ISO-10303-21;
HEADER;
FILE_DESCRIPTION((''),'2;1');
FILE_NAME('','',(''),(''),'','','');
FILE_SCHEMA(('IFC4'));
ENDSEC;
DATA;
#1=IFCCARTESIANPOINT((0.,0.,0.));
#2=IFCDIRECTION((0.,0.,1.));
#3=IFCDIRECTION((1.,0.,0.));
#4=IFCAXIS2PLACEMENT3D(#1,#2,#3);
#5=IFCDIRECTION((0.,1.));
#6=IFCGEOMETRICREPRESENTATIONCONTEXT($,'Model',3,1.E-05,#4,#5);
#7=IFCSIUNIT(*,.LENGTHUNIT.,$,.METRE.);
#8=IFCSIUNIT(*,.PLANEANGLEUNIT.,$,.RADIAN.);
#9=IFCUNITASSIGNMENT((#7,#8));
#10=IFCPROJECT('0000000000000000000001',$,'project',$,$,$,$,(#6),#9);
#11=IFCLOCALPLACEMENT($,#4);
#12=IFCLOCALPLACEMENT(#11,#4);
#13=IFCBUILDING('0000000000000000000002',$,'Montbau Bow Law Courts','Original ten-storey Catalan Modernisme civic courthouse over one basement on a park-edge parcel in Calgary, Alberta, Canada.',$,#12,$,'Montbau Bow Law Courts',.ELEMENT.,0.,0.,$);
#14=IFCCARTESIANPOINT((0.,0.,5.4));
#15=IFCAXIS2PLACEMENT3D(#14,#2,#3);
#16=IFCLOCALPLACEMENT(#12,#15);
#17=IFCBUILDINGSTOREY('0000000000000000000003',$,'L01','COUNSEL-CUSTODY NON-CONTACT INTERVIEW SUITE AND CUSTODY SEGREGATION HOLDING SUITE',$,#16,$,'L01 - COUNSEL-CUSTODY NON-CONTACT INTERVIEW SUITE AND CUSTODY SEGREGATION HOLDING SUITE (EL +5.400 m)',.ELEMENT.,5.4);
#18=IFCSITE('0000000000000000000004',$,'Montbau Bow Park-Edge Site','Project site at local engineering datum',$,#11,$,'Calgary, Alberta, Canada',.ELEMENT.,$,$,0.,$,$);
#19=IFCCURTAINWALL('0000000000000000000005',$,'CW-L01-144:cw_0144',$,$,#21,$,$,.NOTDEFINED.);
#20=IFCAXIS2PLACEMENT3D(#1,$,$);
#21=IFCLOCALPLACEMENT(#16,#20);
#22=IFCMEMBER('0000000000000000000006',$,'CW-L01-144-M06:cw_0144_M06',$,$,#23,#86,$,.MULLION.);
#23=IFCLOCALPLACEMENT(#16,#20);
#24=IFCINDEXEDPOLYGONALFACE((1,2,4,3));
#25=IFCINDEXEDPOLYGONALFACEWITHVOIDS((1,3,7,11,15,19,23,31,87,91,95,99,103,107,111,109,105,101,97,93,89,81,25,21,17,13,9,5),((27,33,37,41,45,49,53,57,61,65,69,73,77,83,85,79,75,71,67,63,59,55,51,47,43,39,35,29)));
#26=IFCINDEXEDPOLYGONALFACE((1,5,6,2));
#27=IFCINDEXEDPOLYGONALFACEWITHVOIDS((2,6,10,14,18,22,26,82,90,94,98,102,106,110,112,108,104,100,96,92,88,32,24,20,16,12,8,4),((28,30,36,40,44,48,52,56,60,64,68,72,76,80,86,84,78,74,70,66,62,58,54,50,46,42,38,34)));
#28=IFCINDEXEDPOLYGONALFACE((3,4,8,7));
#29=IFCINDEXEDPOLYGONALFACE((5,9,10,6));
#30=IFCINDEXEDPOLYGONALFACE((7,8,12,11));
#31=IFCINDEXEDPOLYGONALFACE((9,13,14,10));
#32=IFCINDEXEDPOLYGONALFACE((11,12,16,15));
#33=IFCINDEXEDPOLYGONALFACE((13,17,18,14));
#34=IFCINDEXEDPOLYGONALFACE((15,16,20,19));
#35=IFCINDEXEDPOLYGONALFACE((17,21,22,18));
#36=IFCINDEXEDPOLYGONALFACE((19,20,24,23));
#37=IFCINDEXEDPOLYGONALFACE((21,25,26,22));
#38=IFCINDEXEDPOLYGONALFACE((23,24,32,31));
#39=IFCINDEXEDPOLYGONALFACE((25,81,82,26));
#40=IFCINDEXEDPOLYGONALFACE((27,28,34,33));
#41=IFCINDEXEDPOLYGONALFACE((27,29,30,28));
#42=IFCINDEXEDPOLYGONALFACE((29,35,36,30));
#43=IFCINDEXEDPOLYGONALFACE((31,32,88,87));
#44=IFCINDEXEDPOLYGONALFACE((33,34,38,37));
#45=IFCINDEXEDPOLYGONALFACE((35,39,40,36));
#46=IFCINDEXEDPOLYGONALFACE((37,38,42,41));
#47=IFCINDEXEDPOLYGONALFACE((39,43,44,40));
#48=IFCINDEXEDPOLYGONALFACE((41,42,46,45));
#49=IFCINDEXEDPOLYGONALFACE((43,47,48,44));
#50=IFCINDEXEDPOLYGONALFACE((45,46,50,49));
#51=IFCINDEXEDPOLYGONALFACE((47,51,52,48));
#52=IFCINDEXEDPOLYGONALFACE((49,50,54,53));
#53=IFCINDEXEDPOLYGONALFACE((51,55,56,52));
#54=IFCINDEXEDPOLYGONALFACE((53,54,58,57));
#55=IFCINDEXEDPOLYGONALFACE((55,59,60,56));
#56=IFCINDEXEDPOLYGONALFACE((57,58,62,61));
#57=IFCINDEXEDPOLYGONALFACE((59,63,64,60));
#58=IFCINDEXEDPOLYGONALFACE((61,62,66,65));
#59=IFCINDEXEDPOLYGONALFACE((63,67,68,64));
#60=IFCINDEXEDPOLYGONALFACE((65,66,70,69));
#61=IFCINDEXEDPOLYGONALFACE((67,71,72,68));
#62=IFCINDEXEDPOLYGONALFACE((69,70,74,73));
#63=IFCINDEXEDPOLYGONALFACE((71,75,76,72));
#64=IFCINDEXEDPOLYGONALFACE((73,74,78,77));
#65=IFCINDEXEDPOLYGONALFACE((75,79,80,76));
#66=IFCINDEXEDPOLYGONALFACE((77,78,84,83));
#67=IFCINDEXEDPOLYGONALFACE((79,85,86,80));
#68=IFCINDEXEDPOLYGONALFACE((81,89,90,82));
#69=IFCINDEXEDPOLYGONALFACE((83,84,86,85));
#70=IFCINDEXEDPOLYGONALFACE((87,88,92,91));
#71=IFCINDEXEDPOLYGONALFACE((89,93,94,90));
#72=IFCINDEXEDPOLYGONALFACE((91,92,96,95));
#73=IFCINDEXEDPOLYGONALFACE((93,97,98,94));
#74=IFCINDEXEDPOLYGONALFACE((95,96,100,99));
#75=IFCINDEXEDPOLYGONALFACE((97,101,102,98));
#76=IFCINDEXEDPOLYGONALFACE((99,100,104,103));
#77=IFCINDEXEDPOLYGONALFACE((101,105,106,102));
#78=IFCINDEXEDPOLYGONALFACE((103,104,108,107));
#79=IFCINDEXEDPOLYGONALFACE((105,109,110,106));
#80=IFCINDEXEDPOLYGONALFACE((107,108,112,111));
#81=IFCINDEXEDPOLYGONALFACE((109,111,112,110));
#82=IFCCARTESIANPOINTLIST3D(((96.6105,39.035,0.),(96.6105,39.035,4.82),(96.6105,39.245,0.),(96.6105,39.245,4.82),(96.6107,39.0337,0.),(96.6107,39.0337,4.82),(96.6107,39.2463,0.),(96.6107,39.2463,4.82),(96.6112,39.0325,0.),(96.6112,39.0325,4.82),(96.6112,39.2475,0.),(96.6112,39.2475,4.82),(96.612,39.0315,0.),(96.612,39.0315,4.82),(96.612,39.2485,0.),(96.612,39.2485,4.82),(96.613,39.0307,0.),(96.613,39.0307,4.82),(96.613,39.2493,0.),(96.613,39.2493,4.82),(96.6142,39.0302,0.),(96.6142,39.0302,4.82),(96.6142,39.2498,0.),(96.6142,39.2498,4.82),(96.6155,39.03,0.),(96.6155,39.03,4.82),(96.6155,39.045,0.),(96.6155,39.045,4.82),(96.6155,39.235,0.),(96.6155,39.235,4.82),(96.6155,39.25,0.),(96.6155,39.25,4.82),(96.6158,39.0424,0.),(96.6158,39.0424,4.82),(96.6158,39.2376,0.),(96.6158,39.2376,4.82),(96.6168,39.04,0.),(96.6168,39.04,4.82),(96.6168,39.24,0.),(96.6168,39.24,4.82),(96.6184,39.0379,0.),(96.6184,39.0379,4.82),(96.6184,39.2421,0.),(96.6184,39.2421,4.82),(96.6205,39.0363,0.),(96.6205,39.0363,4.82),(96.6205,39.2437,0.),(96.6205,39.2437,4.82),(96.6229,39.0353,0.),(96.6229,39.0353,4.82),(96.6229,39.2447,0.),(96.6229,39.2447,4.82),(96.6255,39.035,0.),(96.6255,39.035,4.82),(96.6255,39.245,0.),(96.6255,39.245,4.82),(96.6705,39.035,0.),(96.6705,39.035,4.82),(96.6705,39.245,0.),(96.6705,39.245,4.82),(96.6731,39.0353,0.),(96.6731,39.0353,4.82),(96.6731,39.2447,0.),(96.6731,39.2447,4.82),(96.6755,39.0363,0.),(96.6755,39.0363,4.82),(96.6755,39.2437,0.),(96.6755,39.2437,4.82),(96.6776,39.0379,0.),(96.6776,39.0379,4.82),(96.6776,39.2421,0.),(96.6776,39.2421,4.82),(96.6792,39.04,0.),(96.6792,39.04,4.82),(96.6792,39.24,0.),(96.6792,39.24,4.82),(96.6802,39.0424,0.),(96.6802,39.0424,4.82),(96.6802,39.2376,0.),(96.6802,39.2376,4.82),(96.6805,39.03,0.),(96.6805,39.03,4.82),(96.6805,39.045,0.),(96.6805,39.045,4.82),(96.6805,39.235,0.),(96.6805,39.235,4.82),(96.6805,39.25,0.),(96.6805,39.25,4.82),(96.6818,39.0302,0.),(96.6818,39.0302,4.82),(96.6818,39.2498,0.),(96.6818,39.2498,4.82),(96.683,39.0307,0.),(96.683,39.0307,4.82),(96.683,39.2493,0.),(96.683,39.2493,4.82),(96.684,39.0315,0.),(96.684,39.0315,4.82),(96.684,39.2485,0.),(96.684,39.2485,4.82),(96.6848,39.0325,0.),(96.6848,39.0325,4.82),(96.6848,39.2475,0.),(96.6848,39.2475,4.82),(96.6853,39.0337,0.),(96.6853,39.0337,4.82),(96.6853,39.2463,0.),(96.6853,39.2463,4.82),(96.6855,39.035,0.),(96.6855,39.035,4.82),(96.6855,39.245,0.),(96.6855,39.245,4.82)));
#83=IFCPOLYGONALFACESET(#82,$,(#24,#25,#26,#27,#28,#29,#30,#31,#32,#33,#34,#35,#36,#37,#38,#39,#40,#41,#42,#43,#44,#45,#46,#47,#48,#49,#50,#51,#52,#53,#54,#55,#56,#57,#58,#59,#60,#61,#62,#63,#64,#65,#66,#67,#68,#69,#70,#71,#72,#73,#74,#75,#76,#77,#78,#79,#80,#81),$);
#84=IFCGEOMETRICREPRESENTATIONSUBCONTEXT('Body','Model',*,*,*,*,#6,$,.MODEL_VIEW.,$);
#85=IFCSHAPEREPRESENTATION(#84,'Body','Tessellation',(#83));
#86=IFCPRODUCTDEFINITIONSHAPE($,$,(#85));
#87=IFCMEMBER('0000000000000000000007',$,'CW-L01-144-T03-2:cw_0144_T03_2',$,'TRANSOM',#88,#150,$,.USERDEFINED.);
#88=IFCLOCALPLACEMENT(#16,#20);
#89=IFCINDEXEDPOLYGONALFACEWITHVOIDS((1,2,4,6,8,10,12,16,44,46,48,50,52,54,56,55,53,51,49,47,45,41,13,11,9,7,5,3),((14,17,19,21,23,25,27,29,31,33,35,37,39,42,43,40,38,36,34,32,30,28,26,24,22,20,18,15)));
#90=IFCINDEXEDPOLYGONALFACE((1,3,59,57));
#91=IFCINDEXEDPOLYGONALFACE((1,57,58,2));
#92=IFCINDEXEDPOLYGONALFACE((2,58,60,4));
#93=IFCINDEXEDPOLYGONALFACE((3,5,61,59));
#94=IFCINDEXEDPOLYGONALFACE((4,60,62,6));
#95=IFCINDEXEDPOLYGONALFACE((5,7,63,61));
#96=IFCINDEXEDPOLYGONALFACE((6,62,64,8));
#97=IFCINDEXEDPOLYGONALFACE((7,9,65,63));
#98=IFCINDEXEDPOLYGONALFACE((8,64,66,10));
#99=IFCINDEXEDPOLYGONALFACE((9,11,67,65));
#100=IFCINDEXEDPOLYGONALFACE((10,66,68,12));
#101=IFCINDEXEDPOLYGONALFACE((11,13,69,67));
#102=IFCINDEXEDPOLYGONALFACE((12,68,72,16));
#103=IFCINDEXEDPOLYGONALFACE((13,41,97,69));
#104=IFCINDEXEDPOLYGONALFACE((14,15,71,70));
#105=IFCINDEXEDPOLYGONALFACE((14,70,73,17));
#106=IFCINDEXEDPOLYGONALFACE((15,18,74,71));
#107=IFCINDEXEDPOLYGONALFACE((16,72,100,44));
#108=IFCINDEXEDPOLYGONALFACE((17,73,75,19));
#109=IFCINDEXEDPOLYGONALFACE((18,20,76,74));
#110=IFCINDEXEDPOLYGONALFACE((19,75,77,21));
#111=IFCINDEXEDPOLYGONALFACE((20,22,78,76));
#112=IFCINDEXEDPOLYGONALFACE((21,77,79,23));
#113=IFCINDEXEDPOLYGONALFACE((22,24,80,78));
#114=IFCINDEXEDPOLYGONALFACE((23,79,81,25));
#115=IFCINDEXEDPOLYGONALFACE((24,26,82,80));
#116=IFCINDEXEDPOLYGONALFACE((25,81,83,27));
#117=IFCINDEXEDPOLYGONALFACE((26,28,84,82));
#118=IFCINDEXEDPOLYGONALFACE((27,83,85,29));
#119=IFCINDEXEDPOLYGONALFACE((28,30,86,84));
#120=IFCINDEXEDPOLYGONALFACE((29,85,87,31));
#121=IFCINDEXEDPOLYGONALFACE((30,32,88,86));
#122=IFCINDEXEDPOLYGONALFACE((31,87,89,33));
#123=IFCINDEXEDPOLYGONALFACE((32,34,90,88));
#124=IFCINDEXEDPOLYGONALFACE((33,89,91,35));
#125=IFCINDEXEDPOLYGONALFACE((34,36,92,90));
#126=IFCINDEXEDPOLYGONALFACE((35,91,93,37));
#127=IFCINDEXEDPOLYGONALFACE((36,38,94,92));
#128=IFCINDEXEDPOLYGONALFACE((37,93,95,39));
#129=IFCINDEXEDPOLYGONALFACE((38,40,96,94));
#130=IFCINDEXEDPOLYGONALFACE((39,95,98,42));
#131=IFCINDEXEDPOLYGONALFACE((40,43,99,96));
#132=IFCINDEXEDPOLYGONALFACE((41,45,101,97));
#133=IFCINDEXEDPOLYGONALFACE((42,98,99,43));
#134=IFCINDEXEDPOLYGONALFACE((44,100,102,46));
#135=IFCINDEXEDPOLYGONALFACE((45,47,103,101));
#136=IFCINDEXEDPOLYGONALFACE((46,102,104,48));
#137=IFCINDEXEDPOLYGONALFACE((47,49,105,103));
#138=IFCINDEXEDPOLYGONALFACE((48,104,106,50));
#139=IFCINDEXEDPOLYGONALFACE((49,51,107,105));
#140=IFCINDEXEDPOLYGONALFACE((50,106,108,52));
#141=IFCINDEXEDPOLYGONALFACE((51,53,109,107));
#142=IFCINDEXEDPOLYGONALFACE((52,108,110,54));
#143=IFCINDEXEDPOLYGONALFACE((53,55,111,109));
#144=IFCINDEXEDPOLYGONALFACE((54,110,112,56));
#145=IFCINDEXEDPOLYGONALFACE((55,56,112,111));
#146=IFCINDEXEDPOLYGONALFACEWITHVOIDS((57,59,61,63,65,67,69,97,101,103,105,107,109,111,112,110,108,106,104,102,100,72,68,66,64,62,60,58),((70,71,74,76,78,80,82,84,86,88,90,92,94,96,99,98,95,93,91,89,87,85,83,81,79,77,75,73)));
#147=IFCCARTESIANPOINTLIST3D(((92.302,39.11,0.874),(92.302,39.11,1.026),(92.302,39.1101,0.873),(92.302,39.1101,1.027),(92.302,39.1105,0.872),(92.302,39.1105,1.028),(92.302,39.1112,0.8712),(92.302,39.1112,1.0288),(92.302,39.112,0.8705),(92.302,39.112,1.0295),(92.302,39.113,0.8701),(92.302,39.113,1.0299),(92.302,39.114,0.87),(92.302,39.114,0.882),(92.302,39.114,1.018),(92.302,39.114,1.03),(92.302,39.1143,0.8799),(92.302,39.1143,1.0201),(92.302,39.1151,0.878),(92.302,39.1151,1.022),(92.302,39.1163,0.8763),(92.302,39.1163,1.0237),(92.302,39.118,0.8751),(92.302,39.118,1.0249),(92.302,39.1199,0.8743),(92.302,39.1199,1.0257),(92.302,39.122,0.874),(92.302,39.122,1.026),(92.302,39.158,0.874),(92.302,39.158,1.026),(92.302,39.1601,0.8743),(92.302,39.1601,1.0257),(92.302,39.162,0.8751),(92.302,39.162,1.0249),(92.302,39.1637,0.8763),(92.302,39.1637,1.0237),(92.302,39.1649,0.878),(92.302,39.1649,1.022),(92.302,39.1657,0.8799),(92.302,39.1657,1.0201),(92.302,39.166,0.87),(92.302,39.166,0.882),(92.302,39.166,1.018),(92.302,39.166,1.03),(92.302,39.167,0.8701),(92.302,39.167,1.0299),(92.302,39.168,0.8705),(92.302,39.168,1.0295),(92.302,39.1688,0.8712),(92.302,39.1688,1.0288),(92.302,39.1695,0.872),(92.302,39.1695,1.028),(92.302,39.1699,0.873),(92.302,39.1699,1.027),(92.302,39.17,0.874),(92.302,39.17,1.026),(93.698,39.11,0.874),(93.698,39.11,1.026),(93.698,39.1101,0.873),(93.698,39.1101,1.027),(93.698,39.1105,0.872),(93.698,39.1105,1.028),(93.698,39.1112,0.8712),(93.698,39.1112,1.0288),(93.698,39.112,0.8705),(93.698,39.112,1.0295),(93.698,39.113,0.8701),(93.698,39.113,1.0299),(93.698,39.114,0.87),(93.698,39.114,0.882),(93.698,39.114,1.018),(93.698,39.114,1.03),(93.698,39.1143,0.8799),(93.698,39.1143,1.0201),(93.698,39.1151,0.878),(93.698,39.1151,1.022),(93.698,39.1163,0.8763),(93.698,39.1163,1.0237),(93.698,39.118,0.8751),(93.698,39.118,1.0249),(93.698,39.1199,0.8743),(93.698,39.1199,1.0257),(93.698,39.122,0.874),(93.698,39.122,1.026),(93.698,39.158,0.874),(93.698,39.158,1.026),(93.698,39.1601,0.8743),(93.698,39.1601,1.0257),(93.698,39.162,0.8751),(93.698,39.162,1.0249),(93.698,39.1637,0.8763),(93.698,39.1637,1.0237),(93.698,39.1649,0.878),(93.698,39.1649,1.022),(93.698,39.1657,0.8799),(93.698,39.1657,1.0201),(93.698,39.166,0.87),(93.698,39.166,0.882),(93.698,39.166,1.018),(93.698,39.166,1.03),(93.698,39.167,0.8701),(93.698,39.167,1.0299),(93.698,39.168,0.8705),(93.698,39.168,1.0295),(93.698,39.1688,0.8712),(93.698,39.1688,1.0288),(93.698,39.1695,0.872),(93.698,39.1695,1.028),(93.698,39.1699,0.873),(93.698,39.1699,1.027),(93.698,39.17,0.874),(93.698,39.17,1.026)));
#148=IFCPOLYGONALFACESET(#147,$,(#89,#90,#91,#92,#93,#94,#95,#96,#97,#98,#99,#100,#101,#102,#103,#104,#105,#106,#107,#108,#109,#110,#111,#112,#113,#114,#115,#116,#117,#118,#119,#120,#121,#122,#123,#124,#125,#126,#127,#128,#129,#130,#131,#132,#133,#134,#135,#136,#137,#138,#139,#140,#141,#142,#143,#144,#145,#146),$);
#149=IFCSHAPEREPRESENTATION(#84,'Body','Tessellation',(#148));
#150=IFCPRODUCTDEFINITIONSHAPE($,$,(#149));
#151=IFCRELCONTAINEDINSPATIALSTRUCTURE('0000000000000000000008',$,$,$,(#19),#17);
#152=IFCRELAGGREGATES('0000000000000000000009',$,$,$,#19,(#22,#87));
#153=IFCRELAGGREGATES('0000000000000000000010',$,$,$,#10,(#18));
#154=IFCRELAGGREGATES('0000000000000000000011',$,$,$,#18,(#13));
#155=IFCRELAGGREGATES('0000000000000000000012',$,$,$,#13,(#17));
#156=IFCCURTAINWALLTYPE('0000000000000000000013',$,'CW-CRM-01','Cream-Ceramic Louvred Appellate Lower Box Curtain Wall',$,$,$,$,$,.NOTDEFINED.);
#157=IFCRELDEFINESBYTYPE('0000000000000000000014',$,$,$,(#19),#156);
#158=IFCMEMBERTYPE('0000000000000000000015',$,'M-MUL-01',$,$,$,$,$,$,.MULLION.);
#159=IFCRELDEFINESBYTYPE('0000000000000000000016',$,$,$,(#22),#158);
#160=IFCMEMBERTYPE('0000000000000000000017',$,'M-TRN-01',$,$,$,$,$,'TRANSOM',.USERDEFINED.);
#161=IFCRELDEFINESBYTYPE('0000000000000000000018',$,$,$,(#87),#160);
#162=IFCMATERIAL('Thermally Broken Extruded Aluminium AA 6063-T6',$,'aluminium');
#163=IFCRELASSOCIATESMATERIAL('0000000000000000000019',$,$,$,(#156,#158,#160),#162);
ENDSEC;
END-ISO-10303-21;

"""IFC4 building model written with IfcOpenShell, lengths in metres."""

from ifc_helpers import new_model, si_unit, direction, frame, origin_with_axes, origin_2d_with_axis, place, context, subcontext, project, spatial, hollow_rectangle, extrude, material, material_profile, profile_set, type_object, element, aggregate, save


model = new_model("IFC4")

# Units and contexts
model_context = context("Model", 3, precision=1e-05, world=origin_with_axes(), true_north=direction((0.0, 1.0)))
body_context = subcontext(model_context, "Body", "Model", "MODEL_VIEW")
ifc_project = project(units=[si_unit("LENGTHUNIT", "METRE"), si_unit("PLANEANGLEUNIT", "RADIAN")], contexts=[model_context])

# Site, building, storey
site_placement = place(None, origin_with_axes())
site = spatial("IfcSite", under=ifc_project, at=site_placement, Name="Montbau Bow Park-Edge Site", Description="Project site at local engineering datum", LongName="Calgary, Alberta, Canada", CompositionType="ELEMENT", RefElevation=0.0)
building_placement = place(site_placement, origin_with_axes())
building = spatial("IfcBuilding", under=site, at=building_placement, Name="Montbau Bow Law Courts", Description="Original ten-storey Catalan Modernisme civic courthouse over one basement on a park-edge parcel in Calgary, Alberta, Canada.", LongName="Montbau Bow Law Courts", CompositionType="ELEMENT", ElevationOfRefHeight=0.0, ElevationOfTerrain=0.0)
storey_placement = place(building_placement, frame((0.0, 0.0, 5.4), z_axis=(0.0, 0.0, 1.0), x_axis=(1.0, 0.0, 0.0)))
storey = spatial("IfcBuildingStorey", under=building, at=storey_placement, Name="L01", Description="COUNSEL-CUSTODY NON-CONTACT INTERVIEW SUITE AND CUSTODY SEGREGATION HOLDING SUITE", LongName="L01 - COUNSEL-CUSTODY NON-CONTACT INTERVIEW SUITE AND CUSTODY SEGREGATION HOLDING SUITE (EL +5.400 m)", CompositionType="ELEMENT", Elevation=5.4)

# Curtain wall, members
ifc_material_1 = material(Name="Thermally Broken Extruded Aluminium AA 6063-T6", Category="aluminium")
curtain_wall_type = type_object("IfcCurtainWallType", Name="CW-CRM-01", Description="Cream-Ceramic Louvred Appellate Lower Box Curtain Wall", PredefinedType="NOTDEFINED", material=ifc_material_1)
curtain_wall_placement = place(None, frame((89.315, 39.14, 5.4), z_axis=(0.0, 0.0, 1.0), x_axis=(1.0, 0.0, 0.0)))
curtain_wall = element("IfcCurtainWall", 1, at=curtain_wall_placement, inside=storey, type_object=curtain_wall_type, Name="CW-L01-144:cw_0144", PredefinedType="NOTDEFINED")
ifc_material_profile_1 = material_profile(ifc_material_1, hollow_rectangle(XDim=0.075, YDim=0.22, WallThickness=0.005, InnerFilletRadius=0.01, OuterFilletRadius=0.005, at=origin_2d_with_axis()), Name="CWM-220X75", Category="Main", Priority=0)
ifc_profile_set_1 = profile_set([ifc_material_profile_1], Name="Thermally Broken Extruded Aluminium AA 6063-T6")
member_type_1 = type_object("IfcMemberType", Name="M-MUL-01", PredefinedType="MULLION", material=ifc_profile_set_1)
member_1_placement = place(None, frame((96.648, 39.14, 5.4), z_axis=(0.0, 0.0, 1.0), x_axis=(1.0, 0.0, 0.0)))
member_1 = element("IfcMember", 2, at=member_1_placement, type_object=member_type_1, Name="CW-L01-144-M06:cw_0144_M06", PredefinedType="MULLION", context=body_context, shape_type="SweptSolid", body=[
    extrude(hollow_rectangle(XDim=0.075, YDim=0.22, WallThickness=0.005, InnerFilletRadius=0.01, OuterFilletRadius=0.005, at=origin_2d_with_axis()), origin_with_axes(), (0.0, 0.0, 1.0), 4.82),
])
ifc_material_profile_2 = material_profile(ifc_material_1, hollow_rectangle(XDim=0.06, YDim=0.16, WallThickness=0.004, InnerFilletRadius=0.008, OuterFilletRadius=0.004, at=origin_2d_with_axis()), Name="CWT-160X60", Category="Main", Priority=0)
ifc_profile_set_2 = profile_set([ifc_material_profile_2], Name="Thermally Broken Extruded Aluminium AA 6063-T6")
member_type_2 = type_object("IfcMemberType", Name="M-TRN-01", ElementType="TRANSOM", PredefinedType="USERDEFINED", material=ifc_profile_set_2)
member_2_placement = place(None, frame((92.302, 39.14, 6.35), z_axis=(1.0, 0.0, 0.0), x_axis=(0.0, 1.0, 0.0)))
member_2 = element("IfcMember", 3, at=member_2_placement, type_object=member_type_2, Name="CW-L01-144-T03-2:cw_0144_T03_2", ObjectType="TRANSOM", PredefinedType="USERDEFINED", context=body_context, shape_type="SweptSolid", body=[
    extrude(hollow_rectangle(XDim=0.06, YDim=0.16, WallThickness=0.004, InnerFilletRadius=0.008, OuterFilletRadius=0.004, at=origin_2d_with_axis()), origin_with_axes(), (0.0, 0.0, 1.0), 1.396),
])
aggregate(curtain_wall, [member_1, member_2])

save(model, "model.ifc")
